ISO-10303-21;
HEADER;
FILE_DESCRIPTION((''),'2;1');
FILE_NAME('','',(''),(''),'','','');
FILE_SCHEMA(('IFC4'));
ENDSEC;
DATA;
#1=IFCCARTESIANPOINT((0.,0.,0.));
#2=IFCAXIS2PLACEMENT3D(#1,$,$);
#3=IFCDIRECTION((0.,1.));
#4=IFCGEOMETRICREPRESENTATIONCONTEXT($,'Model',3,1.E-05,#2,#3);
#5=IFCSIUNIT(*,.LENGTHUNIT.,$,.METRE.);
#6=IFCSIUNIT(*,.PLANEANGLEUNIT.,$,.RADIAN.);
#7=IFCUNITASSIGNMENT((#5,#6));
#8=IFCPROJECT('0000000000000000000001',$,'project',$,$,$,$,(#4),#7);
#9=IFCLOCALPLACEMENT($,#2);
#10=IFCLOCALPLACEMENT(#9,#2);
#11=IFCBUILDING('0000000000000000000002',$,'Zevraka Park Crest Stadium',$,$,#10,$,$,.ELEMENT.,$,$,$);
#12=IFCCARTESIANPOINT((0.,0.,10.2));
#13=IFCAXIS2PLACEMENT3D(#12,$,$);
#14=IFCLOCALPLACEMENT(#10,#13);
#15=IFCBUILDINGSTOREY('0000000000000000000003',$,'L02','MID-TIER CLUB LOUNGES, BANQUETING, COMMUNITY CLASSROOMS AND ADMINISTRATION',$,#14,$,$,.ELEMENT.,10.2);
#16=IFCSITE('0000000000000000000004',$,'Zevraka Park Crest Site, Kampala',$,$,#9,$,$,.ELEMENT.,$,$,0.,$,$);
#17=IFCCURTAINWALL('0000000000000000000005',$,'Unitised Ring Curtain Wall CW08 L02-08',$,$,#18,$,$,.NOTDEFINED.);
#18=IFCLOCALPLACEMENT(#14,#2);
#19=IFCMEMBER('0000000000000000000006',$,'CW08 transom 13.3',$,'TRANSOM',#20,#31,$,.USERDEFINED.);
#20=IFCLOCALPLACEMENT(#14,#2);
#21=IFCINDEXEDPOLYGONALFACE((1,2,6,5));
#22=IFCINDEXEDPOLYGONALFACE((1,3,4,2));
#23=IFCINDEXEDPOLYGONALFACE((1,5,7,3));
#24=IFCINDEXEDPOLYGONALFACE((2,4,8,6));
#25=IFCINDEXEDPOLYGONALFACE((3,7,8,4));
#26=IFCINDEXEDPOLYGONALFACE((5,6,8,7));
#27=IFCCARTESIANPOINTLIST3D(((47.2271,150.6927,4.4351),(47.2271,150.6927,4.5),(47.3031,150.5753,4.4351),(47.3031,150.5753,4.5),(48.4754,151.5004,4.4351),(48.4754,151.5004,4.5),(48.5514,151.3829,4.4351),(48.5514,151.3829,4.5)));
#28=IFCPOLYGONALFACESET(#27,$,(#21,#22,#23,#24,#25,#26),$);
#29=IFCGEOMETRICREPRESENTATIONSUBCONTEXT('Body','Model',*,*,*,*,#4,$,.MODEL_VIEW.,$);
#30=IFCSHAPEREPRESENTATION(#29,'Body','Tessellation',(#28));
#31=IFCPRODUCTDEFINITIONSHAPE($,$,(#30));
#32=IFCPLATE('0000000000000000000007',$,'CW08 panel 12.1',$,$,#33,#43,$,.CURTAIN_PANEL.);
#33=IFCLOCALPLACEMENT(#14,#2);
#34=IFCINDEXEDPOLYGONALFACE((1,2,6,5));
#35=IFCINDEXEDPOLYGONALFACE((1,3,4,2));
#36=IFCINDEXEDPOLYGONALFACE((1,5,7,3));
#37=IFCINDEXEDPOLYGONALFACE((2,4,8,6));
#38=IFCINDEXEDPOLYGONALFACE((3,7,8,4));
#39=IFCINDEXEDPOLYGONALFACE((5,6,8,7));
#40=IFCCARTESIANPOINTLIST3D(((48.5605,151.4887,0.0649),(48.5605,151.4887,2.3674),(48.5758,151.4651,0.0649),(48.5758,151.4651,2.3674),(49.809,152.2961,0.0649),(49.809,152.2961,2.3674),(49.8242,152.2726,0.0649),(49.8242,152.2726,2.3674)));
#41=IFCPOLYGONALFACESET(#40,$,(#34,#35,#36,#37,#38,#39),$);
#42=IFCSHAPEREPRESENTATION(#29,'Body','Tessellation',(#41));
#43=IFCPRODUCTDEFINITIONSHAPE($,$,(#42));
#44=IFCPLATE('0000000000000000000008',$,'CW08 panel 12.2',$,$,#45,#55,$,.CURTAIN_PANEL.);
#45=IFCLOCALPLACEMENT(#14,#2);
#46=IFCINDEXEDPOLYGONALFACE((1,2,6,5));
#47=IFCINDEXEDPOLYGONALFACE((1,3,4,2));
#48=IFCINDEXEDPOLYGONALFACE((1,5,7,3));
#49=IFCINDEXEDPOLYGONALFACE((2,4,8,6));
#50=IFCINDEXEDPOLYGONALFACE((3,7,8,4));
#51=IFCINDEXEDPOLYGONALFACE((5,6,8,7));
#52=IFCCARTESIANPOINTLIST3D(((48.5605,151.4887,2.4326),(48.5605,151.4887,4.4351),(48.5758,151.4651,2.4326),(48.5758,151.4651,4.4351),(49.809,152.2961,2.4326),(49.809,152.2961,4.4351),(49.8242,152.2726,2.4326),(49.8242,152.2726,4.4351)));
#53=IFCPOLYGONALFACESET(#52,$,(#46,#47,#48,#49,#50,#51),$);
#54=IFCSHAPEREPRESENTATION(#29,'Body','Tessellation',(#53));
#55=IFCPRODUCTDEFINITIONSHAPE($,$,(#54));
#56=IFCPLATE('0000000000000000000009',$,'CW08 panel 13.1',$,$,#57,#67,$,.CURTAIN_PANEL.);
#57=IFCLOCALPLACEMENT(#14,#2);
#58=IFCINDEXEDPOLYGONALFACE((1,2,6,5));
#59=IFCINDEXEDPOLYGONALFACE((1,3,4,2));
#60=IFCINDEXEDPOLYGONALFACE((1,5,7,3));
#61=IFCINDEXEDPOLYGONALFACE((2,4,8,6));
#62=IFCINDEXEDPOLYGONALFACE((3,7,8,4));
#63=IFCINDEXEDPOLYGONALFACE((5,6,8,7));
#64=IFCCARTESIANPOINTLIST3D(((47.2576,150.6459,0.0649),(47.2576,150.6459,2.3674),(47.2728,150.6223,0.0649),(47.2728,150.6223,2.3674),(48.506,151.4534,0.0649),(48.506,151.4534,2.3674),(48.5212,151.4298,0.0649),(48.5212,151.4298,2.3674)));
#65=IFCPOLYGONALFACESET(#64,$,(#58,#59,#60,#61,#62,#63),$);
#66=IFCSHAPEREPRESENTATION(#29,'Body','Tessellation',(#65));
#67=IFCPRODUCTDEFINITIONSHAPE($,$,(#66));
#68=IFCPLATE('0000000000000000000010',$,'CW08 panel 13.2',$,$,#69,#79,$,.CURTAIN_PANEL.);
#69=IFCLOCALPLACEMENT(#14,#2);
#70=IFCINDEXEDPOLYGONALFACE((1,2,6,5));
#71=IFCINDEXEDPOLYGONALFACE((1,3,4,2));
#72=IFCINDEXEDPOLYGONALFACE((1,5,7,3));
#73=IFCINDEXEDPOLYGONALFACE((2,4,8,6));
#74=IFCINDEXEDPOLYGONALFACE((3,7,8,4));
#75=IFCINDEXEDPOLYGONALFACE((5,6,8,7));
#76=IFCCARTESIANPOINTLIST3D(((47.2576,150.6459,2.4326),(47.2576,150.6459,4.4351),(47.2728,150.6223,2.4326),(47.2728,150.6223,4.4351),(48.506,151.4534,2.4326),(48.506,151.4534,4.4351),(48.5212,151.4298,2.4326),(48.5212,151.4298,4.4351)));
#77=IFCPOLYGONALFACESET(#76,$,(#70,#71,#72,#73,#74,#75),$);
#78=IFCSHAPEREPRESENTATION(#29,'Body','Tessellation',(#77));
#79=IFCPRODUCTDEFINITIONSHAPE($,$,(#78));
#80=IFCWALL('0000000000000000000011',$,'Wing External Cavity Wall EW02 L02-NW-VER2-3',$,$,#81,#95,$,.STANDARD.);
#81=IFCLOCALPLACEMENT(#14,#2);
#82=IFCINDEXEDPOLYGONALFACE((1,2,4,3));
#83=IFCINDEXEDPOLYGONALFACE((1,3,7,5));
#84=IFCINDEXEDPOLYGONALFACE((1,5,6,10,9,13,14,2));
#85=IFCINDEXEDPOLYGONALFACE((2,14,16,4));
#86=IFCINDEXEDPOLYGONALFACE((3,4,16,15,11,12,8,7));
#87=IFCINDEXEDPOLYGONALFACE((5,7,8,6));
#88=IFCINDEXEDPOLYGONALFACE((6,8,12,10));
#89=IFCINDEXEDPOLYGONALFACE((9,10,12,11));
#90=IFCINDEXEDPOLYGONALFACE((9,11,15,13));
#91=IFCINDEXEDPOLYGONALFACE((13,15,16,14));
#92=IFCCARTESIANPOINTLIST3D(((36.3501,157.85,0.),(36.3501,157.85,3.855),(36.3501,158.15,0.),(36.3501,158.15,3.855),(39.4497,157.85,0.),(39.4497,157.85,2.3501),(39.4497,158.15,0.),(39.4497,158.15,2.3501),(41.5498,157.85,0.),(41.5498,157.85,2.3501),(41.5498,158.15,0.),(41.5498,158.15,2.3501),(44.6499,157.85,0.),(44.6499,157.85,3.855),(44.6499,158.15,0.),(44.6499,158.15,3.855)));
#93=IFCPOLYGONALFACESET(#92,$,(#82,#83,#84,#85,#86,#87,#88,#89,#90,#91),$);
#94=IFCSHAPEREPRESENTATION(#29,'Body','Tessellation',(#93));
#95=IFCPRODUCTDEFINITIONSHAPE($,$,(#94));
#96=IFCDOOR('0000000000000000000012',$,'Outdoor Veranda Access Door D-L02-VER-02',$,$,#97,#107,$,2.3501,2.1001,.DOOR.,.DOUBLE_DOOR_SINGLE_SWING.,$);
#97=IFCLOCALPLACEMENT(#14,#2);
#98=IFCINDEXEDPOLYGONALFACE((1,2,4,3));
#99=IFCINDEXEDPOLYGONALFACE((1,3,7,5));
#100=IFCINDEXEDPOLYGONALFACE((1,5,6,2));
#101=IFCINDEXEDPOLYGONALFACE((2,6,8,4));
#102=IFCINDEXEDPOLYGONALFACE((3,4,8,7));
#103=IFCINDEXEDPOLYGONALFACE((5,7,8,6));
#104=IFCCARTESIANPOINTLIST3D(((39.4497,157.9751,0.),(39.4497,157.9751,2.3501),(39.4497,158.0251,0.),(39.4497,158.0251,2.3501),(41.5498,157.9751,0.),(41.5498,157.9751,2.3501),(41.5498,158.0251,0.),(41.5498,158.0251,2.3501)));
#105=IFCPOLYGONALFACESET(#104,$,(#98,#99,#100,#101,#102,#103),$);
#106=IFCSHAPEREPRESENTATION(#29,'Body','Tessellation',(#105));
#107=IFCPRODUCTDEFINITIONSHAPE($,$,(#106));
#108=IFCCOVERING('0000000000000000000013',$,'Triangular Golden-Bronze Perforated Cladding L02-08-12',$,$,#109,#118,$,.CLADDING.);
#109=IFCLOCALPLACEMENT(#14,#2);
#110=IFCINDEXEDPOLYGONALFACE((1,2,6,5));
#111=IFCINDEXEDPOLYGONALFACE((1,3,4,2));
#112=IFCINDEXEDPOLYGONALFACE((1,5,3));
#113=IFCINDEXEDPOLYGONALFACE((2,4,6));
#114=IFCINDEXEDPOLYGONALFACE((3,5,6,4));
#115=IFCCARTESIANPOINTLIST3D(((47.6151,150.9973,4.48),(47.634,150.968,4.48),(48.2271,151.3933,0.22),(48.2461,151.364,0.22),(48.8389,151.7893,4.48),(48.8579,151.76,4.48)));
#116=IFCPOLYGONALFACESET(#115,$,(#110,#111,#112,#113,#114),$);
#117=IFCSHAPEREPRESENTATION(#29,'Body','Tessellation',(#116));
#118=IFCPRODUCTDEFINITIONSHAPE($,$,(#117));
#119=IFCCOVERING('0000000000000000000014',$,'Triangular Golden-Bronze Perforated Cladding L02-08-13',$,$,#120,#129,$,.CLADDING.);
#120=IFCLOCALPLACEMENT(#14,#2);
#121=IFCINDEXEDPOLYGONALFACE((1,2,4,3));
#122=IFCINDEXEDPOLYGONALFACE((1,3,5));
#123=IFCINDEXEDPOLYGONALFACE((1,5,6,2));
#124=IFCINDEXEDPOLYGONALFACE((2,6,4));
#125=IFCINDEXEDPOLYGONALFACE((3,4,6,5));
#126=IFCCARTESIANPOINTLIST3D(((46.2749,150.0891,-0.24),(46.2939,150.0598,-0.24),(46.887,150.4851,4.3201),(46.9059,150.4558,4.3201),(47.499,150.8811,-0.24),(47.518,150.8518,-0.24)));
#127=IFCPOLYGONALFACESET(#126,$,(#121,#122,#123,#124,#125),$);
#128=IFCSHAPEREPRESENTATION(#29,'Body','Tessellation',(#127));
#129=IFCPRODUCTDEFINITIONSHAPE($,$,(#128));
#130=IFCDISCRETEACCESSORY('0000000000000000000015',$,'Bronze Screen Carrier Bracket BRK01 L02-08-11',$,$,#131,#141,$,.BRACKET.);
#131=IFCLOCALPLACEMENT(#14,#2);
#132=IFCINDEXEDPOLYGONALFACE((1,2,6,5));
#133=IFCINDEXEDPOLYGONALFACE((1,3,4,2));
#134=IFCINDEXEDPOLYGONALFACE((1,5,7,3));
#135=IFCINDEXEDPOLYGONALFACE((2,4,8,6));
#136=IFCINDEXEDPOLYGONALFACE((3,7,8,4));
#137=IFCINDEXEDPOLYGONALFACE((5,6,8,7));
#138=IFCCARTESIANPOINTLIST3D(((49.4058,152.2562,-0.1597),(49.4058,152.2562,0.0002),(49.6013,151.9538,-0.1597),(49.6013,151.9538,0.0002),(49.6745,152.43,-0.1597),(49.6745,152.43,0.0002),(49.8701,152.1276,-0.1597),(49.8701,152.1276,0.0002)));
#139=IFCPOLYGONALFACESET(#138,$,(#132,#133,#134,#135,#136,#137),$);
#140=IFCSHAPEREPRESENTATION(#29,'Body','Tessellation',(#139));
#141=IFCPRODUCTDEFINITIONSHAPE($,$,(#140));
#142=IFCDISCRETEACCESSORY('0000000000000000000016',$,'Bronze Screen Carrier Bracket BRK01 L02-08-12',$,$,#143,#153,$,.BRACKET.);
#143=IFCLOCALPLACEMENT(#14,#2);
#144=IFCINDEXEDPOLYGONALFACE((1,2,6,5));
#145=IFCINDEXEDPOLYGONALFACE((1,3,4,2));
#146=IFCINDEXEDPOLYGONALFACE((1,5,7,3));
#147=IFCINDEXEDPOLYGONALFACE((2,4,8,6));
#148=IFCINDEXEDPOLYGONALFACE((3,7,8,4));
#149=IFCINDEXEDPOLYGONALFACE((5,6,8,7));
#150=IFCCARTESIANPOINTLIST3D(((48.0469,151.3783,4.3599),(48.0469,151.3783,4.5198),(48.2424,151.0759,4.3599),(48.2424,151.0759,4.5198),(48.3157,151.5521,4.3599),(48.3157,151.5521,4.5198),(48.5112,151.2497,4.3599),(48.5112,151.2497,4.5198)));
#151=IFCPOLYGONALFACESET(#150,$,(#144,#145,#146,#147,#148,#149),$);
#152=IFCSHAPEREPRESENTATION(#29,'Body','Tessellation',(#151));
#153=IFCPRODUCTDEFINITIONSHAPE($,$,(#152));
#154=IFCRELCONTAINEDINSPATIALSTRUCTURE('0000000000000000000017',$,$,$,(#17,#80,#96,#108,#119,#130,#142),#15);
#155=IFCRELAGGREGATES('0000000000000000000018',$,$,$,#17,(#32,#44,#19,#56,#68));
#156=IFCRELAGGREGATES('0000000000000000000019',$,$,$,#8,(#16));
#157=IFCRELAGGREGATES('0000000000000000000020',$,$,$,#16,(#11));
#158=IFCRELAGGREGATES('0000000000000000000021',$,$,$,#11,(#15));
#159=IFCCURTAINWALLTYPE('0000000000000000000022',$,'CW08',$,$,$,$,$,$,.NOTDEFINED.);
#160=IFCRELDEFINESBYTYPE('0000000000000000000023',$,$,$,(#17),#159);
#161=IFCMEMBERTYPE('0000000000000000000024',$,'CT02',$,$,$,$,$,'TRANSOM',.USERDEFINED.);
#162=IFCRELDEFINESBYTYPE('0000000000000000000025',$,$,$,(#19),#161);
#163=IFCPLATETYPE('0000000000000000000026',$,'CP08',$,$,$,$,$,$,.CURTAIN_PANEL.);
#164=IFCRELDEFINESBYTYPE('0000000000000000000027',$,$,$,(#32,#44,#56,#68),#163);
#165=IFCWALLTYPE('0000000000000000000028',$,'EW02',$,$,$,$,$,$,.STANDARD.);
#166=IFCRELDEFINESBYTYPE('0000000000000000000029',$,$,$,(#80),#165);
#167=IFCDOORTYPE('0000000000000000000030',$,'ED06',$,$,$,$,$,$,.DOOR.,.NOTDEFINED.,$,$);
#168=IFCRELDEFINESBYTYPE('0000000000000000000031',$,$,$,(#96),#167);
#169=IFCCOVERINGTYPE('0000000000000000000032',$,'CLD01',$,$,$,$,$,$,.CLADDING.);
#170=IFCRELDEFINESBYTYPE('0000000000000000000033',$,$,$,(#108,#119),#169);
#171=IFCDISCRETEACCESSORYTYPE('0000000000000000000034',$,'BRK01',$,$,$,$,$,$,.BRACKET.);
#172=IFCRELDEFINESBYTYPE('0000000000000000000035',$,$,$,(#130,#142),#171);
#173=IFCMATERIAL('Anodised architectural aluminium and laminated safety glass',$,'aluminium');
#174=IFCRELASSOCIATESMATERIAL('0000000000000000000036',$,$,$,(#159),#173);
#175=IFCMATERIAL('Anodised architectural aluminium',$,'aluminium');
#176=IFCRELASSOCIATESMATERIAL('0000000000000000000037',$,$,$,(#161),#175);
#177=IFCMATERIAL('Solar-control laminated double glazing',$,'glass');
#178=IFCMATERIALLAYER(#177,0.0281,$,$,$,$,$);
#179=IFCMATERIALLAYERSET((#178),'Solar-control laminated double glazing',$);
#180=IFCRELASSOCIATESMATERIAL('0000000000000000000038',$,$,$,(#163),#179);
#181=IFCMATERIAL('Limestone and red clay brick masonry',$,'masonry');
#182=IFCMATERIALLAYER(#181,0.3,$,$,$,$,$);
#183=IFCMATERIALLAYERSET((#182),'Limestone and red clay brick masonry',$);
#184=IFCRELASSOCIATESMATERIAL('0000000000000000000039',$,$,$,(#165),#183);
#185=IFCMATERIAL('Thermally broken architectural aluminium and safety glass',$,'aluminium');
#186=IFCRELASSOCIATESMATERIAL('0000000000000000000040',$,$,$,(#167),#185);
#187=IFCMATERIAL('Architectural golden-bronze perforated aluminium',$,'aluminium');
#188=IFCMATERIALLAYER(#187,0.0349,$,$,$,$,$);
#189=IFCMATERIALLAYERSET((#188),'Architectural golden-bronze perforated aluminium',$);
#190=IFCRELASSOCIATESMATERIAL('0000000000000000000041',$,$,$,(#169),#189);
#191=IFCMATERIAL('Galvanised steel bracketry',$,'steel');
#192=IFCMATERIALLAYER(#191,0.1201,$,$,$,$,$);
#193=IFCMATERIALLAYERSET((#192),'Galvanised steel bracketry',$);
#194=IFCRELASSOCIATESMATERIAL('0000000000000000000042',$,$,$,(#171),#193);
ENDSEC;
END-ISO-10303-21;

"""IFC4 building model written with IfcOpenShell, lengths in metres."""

from ifc_helpers import new_model, si_unit, direction, frame, frame_2d, origin, origin_2d, place, context, subcontext, project, spatial, polyline, rectangle, outline, extrude, material, layer, layer_set, material_profile, profile_set, type_object, element, fill, aggregate, save


model = new_model("IFC4")

# Units and contexts
model_context = context("Model", 3, precision=1e-05, world=origin(), true_north=direction((0.0, 1.0)))
body_context = subcontext(model_context, "Body", "Model", "MODEL_VIEW")
ifc_project = project(units=[si_unit("LENGTHUNIT", "METRE"), si_unit("PLANEANGLEUNIT", "RADIAN")], contexts=[model_context])

# Site, building, storey
site_placement = place(None, origin())
site = spatial("IfcSite", under=ifc_project, at=site_placement, Name="Zevraka Park Crest Site, Kampala", CompositionType="ELEMENT", RefElevation=0.0)
building_placement = place(site_placement, origin())
building = spatial("IfcBuilding", under=site, at=building_placement, Name="Zevraka Park Crest Stadium", CompositionType="ELEMENT")
storey_placement = place(building_placement, frame((0.0, 0.0, 10.2)))
storey = spatial("IfcBuildingStorey", under=building, at=storey_placement, Name="L02", Description="MID-TIER CLUB LOUNGES, BANQUETING, COMMUNITY CLASSROOMS AND ADMINISTRATION", CompositionType="ELEMENT", Elevation=10.2)

# Curtain wall, member, plates
ifc_material_1 = material(Name="Anodised architectural aluminium and laminated safety glass", Category="aluminium")
curtain_wall_type = type_object("IfcCurtainWallType", Name="CW08", PredefinedType="NOTDEFINED", material=ifc_material_1)
curtain_wall_placement = place(storey_placement, origin())
curtain_wall = element("IfcCurtainWall", 1, at=curtain_wall_placement, inside=storey, type_object=curtain_wall_type, Name="Unitised Ring Curtain Wall CW08 L02-08", PredefinedType="NOTDEFINED")
ifc_material_2 = material(Name="Anodised architectural aluminium", Category="aluminium")
ifc_material_profile_1 = material_profile(ifc_material_2, rectangle(XDim=0.1399, YDim=0.0649, at=origin_2d()), Name="ALU TRANSOM 140x65")
ifc_profile_set_1 = profile_set([ifc_material_profile_1], Name="Anodised architectural aluminium")
member_type_1 = type_object("IfcMemberType", Name="CT02", ElementType="TRANSOM", PredefinedType="USERDEFINED", material=ifc_profile_set_1)
member_1_placement = place(storey_placement, frame((48.5134, 151.4417, 4.4675), z_axis=(-0.839601, -0.543204, 0.0), x_axis=(0.543204, -0.839601, 0.0)))
member_1 = element("IfcMember", 2, at=member_1_placement, type_object=member_type_1, Name="CW08 transom 13.3", ObjectType="TRANSOM", PredefinedType="USERDEFINED", context=body_context, shape_type="SweptSolid", body=[
    extrude(rectangle(XDim=0.1399, YDim=0.0649, at=origin_2d()), origin(), (0.0, 0.0, 1.0), 1.4868),
])
ifc_material_3 = material(Name="Solar-control laminated double glazing", Category="glass")
ifc_layer_1 = layer(ifc_material_3, 0.0281)
ifc_layer_set_1 = layer_set([ifc_layer_1], Name="Solar-control laminated double glazing")
plate_type = type_object("IfcPlateType", Name="CP08", PredefinedType="CURTAIN_PANEL", material=ifc_layer_set_1)
plate_1_placement = place(storey_placement, frame((49.1924, 151.8806, 0.0649), z_axis=(0.0, 0.0, 1.0), x_axis=(-0.83967, -0.543096, 0.0)))
plate_1 = element("IfcPlate", 3, at=plate_1_placement, type_object=plate_type, Name="CW08 panel 12.1", PredefinedType="CURTAIN_PANEL", context=body_context, shape_type="SweptSolid", body=[
    extrude(rectangle(XDim=1.4868, YDim=0.0281, at=origin_2d()), origin(), (0.0, 0.0, 1.0), 2.3025),
])
plate_2_placement = place(storey_placement, frame((49.1924, 151.8806, 2.4326), z_axis=(0.0, 0.0, 1.0), x_axis=(-0.83967, -0.543096, 0.0)))
plate_2 = element("IfcPlate", 4, at=plate_2_placement, type_object=plate_type, Name="CW08 panel 12.2", PredefinedType="CURTAIN_PANEL", context=body_context, shape_type="SweptSolid", body=[
    extrude(rectangle(XDim=1.4868, YDim=0.0281, at=origin_2d()), origin(), (0.0, 0.0, 1.0), 2.0024),
])
plate_3_placement = place(storey_placement, frame((47.8894, 151.0378, 0.0649), z_axis=(0.0, 0.0, 1.0), x_axis=(-0.83967, -0.543096, 0.0)))
plate_3 = element("IfcPlate", 5, at=plate_3_placement, type_object=plate_type, Name="CW08 panel 13.1", PredefinedType="CURTAIN_PANEL", context=body_context, shape_type="SweptSolid", body=[
    extrude(rectangle(XDim=1.4868, YDim=0.0281, at=origin_2d()), origin(), (0.0, 0.0, 1.0), 2.3025),
])
plate_4_placement = place(storey_placement, frame((47.8894, 151.0378, 2.4326), z_axis=(0.0, 0.0, 1.0), x_axis=(-0.83967, -0.543096, 0.0)))
plate_4 = element("IfcPlate", 6, at=plate_4_placement, type_object=plate_type, Name="CW08 panel 13.2", PredefinedType="CURTAIN_PANEL", context=body_context, shape_type="SweptSolid", body=[
    extrude(rectangle(XDim=1.4868, YDim=0.0281, at=origin_2d()), origin(), (0.0, 0.0, 1.0), 2.0024),
])
aggregate(curtain_wall, [plate_1, plate_2, member_1, plate_3, plate_4])

# Wall, opening, door
ifc_material_4 = material(Name="Limestone and red clay brick masonry", Category="masonry")
ifc_layer_2 = layer(ifc_material_4, 0.3)
ifc_layer_set_2 = layer_set([ifc_layer_2], Name="Limestone and red clay brick masonry")
wall_type = type_object("IfcWallType", Name="EW02", PredefinedType="STANDARD", material=ifc_layer_set_2)
wall_placement = place(storey_placement, frame((44.6499, 158.0, 0.0), z_axis=(0.0, 0.0, 1.0), x_axis=(-1.0, 0.0, 0.0)))
wall = element("IfcWall", 7, at=wall_placement, inside=storey, type_object=wall_type, Name="Wing External Cavity Wall EW02 L02-NW-VER2-3", PredefinedType="STANDARD", context=body_context, shape_type="SweptSolid", body=[
    extrude(rectangle(XDim=8.2998, YDim=0.3, at=frame_2d((4.1499, 0.0))), origin(), (0.0, 0.0, 1.0), 3.855),
])
opening_placement = place(wall_placement, frame((3.1001, 0.0, 0.0)))
opening = element("IfcOpeningElement", 8, at=opening_placement, cuts=wall, PredefinedType="OPENING", context=body_context, shape_type="SweptSolid", body=[
    extrude(rectangle(XDim=2.1001, YDim=2.3501, at=frame_2d((1.05, 1.175))), frame((0.0, 0.1599, 0.0), z_axis=(0.0, -1.0, 0.0), x_axis=(1.0, 0.0, 0.0)), (0.0, 0.0, 1.0), 0.3201),
])
ifc_material_5 = material(Name="Thermally broken architectural aluminium and safety glass", Category="aluminium")
door_type = type_object("IfcDoorType", Name="ED06", OperationType="NOTDEFINED", PredefinedType="DOOR", material=ifc_material_5)
door_placement = place(opening_placement, origin())
door = element("IfcDoor", 9, at=door_placement, inside=storey, type_object=door_type, Name="Outdoor Veranda Access Door D-L02-VER-02", OperationType="DOUBLE_DOOR_SINGLE_SWING", OverallHeight=2.3501, OverallWidth=2.1001, PredefinedType="DOOR", context=body_context, shape_type="SweptSolid", body=[
    extrude(rectangle(XDim=2.1001, YDim=2.3501, at=frame_2d((1.05, 1.175))), frame((0.0, 0.0249, 0.0), z_axis=(0.0, -1.0, 0.0), x_axis=(1.0, 0.0, 0.0)), (0.0, 0.0, 1.0), 0.05),
])
fill(opening, door)

# Coverings
ifc_material_6 = material(Name="Architectural golden-bronze perforated aluminium", Category="aluminium")
ifc_layer_3 = layer(ifc_material_6, 0.0349)
ifc_layer_set_3 = layer_set([ifc_layer_3], Name="Architectural golden-bronze perforated aluminium")
covering_type = type_object("IfcCoveringType", Name="CLD01", PredefinedType="CLADDING", material=ifc_layer_set_3)
covering_1_placement = place(storey_placement, frame((47.634, 150.968, 4.48), z_axis=(0.543286, -0.839548, 0.000016), x_axis=(0.839548, 0.543286, 0.0)))
element("IfcCovering", 10, at=covering_1_placement, inside=storey, type_object=covering_type, Name="Triangular Golden-Bronze Perforated Cladding L02-08-12", PredefinedType="CLADDING", context=body_context, shape_type="SweptSolid", body=[
    extrude(outline(polyline([(0.0, 0.0), (1.4578, 0.0), (0.729, -4.26), (0.0, 0.0)])), origin(), (0.0, 0.0, -1.0), 0.0349),
])
covering_2_placement = place(storey_placement, frame((47.499, 150.8811, -0.24), z_axis=(-0.54321, 0.839597, 0.0), x_axis=(-0.839597, -0.54321, 0.0)))
element("IfcCovering", 11, at=covering_2_placement, inside=storey, type_object=covering_type, Name="Triangular Golden-Bronze Perforated Cladding L02-08-13", PredefinedType="CLADDING", context=body_context, shape_type="SweptSolid", body=[
    extrude(outline(polyline([(0.0, 0.0), (1.458, 0.0), (0.729, 4.5601), (0.0, 0.0)])), origin(), (0.0, 0.0, -1.0), 0.0349),
])

# Discrete accessories
ifc_material_7 = material(Name="Galvanised steel bracketry", Category="steel")
ifc_layer_4 = layer(ifc_material_7, 0.1201)
ifc_layer_set_4 = layer_set([ifc_layer_4], Name="Galvanised steel bracketry")
discrete_accessory_type = type_object("IfcDiscreteAccessoryType", Name="BRK01", PredefinedType="BRACKET", material=ifc_layer_set_4)
for number, where, z_axis, x_axis, name in (
    (12, (49.6379, 152.1919, -0.1597), (0.0, 0.0, 1.0), (-0.839715, -0.543028, 0.0), "Bronze Screen Carrier Bracket BRK01 L02-08-11"),
    (13, (48.2791, 151.314, 4.3599), (0.0, 0.0, 1.0), (-0.839715, -0.543028, 0.0), "Bronze Screen Carrier Bracket BRK01 L02-08-12"),
):
    element("IfcDiscreteAccessory", number, at=place(storey_placement, frame(where, z_axis=z_axis, x_axis=x_axis)), inside=storey, type_object=discrete_accessory_type, Name=name, PredefinedType="BRACKET", context=body_context, shape_type="SweptSolid", body=[
        extrude(rectangle(XDim=0.3201, YDim=0.3601, at=origin_2d()), origin(), (0.0, 0.0, 1.0), 0.1599),
    ])

save(model, "model.ifc")
